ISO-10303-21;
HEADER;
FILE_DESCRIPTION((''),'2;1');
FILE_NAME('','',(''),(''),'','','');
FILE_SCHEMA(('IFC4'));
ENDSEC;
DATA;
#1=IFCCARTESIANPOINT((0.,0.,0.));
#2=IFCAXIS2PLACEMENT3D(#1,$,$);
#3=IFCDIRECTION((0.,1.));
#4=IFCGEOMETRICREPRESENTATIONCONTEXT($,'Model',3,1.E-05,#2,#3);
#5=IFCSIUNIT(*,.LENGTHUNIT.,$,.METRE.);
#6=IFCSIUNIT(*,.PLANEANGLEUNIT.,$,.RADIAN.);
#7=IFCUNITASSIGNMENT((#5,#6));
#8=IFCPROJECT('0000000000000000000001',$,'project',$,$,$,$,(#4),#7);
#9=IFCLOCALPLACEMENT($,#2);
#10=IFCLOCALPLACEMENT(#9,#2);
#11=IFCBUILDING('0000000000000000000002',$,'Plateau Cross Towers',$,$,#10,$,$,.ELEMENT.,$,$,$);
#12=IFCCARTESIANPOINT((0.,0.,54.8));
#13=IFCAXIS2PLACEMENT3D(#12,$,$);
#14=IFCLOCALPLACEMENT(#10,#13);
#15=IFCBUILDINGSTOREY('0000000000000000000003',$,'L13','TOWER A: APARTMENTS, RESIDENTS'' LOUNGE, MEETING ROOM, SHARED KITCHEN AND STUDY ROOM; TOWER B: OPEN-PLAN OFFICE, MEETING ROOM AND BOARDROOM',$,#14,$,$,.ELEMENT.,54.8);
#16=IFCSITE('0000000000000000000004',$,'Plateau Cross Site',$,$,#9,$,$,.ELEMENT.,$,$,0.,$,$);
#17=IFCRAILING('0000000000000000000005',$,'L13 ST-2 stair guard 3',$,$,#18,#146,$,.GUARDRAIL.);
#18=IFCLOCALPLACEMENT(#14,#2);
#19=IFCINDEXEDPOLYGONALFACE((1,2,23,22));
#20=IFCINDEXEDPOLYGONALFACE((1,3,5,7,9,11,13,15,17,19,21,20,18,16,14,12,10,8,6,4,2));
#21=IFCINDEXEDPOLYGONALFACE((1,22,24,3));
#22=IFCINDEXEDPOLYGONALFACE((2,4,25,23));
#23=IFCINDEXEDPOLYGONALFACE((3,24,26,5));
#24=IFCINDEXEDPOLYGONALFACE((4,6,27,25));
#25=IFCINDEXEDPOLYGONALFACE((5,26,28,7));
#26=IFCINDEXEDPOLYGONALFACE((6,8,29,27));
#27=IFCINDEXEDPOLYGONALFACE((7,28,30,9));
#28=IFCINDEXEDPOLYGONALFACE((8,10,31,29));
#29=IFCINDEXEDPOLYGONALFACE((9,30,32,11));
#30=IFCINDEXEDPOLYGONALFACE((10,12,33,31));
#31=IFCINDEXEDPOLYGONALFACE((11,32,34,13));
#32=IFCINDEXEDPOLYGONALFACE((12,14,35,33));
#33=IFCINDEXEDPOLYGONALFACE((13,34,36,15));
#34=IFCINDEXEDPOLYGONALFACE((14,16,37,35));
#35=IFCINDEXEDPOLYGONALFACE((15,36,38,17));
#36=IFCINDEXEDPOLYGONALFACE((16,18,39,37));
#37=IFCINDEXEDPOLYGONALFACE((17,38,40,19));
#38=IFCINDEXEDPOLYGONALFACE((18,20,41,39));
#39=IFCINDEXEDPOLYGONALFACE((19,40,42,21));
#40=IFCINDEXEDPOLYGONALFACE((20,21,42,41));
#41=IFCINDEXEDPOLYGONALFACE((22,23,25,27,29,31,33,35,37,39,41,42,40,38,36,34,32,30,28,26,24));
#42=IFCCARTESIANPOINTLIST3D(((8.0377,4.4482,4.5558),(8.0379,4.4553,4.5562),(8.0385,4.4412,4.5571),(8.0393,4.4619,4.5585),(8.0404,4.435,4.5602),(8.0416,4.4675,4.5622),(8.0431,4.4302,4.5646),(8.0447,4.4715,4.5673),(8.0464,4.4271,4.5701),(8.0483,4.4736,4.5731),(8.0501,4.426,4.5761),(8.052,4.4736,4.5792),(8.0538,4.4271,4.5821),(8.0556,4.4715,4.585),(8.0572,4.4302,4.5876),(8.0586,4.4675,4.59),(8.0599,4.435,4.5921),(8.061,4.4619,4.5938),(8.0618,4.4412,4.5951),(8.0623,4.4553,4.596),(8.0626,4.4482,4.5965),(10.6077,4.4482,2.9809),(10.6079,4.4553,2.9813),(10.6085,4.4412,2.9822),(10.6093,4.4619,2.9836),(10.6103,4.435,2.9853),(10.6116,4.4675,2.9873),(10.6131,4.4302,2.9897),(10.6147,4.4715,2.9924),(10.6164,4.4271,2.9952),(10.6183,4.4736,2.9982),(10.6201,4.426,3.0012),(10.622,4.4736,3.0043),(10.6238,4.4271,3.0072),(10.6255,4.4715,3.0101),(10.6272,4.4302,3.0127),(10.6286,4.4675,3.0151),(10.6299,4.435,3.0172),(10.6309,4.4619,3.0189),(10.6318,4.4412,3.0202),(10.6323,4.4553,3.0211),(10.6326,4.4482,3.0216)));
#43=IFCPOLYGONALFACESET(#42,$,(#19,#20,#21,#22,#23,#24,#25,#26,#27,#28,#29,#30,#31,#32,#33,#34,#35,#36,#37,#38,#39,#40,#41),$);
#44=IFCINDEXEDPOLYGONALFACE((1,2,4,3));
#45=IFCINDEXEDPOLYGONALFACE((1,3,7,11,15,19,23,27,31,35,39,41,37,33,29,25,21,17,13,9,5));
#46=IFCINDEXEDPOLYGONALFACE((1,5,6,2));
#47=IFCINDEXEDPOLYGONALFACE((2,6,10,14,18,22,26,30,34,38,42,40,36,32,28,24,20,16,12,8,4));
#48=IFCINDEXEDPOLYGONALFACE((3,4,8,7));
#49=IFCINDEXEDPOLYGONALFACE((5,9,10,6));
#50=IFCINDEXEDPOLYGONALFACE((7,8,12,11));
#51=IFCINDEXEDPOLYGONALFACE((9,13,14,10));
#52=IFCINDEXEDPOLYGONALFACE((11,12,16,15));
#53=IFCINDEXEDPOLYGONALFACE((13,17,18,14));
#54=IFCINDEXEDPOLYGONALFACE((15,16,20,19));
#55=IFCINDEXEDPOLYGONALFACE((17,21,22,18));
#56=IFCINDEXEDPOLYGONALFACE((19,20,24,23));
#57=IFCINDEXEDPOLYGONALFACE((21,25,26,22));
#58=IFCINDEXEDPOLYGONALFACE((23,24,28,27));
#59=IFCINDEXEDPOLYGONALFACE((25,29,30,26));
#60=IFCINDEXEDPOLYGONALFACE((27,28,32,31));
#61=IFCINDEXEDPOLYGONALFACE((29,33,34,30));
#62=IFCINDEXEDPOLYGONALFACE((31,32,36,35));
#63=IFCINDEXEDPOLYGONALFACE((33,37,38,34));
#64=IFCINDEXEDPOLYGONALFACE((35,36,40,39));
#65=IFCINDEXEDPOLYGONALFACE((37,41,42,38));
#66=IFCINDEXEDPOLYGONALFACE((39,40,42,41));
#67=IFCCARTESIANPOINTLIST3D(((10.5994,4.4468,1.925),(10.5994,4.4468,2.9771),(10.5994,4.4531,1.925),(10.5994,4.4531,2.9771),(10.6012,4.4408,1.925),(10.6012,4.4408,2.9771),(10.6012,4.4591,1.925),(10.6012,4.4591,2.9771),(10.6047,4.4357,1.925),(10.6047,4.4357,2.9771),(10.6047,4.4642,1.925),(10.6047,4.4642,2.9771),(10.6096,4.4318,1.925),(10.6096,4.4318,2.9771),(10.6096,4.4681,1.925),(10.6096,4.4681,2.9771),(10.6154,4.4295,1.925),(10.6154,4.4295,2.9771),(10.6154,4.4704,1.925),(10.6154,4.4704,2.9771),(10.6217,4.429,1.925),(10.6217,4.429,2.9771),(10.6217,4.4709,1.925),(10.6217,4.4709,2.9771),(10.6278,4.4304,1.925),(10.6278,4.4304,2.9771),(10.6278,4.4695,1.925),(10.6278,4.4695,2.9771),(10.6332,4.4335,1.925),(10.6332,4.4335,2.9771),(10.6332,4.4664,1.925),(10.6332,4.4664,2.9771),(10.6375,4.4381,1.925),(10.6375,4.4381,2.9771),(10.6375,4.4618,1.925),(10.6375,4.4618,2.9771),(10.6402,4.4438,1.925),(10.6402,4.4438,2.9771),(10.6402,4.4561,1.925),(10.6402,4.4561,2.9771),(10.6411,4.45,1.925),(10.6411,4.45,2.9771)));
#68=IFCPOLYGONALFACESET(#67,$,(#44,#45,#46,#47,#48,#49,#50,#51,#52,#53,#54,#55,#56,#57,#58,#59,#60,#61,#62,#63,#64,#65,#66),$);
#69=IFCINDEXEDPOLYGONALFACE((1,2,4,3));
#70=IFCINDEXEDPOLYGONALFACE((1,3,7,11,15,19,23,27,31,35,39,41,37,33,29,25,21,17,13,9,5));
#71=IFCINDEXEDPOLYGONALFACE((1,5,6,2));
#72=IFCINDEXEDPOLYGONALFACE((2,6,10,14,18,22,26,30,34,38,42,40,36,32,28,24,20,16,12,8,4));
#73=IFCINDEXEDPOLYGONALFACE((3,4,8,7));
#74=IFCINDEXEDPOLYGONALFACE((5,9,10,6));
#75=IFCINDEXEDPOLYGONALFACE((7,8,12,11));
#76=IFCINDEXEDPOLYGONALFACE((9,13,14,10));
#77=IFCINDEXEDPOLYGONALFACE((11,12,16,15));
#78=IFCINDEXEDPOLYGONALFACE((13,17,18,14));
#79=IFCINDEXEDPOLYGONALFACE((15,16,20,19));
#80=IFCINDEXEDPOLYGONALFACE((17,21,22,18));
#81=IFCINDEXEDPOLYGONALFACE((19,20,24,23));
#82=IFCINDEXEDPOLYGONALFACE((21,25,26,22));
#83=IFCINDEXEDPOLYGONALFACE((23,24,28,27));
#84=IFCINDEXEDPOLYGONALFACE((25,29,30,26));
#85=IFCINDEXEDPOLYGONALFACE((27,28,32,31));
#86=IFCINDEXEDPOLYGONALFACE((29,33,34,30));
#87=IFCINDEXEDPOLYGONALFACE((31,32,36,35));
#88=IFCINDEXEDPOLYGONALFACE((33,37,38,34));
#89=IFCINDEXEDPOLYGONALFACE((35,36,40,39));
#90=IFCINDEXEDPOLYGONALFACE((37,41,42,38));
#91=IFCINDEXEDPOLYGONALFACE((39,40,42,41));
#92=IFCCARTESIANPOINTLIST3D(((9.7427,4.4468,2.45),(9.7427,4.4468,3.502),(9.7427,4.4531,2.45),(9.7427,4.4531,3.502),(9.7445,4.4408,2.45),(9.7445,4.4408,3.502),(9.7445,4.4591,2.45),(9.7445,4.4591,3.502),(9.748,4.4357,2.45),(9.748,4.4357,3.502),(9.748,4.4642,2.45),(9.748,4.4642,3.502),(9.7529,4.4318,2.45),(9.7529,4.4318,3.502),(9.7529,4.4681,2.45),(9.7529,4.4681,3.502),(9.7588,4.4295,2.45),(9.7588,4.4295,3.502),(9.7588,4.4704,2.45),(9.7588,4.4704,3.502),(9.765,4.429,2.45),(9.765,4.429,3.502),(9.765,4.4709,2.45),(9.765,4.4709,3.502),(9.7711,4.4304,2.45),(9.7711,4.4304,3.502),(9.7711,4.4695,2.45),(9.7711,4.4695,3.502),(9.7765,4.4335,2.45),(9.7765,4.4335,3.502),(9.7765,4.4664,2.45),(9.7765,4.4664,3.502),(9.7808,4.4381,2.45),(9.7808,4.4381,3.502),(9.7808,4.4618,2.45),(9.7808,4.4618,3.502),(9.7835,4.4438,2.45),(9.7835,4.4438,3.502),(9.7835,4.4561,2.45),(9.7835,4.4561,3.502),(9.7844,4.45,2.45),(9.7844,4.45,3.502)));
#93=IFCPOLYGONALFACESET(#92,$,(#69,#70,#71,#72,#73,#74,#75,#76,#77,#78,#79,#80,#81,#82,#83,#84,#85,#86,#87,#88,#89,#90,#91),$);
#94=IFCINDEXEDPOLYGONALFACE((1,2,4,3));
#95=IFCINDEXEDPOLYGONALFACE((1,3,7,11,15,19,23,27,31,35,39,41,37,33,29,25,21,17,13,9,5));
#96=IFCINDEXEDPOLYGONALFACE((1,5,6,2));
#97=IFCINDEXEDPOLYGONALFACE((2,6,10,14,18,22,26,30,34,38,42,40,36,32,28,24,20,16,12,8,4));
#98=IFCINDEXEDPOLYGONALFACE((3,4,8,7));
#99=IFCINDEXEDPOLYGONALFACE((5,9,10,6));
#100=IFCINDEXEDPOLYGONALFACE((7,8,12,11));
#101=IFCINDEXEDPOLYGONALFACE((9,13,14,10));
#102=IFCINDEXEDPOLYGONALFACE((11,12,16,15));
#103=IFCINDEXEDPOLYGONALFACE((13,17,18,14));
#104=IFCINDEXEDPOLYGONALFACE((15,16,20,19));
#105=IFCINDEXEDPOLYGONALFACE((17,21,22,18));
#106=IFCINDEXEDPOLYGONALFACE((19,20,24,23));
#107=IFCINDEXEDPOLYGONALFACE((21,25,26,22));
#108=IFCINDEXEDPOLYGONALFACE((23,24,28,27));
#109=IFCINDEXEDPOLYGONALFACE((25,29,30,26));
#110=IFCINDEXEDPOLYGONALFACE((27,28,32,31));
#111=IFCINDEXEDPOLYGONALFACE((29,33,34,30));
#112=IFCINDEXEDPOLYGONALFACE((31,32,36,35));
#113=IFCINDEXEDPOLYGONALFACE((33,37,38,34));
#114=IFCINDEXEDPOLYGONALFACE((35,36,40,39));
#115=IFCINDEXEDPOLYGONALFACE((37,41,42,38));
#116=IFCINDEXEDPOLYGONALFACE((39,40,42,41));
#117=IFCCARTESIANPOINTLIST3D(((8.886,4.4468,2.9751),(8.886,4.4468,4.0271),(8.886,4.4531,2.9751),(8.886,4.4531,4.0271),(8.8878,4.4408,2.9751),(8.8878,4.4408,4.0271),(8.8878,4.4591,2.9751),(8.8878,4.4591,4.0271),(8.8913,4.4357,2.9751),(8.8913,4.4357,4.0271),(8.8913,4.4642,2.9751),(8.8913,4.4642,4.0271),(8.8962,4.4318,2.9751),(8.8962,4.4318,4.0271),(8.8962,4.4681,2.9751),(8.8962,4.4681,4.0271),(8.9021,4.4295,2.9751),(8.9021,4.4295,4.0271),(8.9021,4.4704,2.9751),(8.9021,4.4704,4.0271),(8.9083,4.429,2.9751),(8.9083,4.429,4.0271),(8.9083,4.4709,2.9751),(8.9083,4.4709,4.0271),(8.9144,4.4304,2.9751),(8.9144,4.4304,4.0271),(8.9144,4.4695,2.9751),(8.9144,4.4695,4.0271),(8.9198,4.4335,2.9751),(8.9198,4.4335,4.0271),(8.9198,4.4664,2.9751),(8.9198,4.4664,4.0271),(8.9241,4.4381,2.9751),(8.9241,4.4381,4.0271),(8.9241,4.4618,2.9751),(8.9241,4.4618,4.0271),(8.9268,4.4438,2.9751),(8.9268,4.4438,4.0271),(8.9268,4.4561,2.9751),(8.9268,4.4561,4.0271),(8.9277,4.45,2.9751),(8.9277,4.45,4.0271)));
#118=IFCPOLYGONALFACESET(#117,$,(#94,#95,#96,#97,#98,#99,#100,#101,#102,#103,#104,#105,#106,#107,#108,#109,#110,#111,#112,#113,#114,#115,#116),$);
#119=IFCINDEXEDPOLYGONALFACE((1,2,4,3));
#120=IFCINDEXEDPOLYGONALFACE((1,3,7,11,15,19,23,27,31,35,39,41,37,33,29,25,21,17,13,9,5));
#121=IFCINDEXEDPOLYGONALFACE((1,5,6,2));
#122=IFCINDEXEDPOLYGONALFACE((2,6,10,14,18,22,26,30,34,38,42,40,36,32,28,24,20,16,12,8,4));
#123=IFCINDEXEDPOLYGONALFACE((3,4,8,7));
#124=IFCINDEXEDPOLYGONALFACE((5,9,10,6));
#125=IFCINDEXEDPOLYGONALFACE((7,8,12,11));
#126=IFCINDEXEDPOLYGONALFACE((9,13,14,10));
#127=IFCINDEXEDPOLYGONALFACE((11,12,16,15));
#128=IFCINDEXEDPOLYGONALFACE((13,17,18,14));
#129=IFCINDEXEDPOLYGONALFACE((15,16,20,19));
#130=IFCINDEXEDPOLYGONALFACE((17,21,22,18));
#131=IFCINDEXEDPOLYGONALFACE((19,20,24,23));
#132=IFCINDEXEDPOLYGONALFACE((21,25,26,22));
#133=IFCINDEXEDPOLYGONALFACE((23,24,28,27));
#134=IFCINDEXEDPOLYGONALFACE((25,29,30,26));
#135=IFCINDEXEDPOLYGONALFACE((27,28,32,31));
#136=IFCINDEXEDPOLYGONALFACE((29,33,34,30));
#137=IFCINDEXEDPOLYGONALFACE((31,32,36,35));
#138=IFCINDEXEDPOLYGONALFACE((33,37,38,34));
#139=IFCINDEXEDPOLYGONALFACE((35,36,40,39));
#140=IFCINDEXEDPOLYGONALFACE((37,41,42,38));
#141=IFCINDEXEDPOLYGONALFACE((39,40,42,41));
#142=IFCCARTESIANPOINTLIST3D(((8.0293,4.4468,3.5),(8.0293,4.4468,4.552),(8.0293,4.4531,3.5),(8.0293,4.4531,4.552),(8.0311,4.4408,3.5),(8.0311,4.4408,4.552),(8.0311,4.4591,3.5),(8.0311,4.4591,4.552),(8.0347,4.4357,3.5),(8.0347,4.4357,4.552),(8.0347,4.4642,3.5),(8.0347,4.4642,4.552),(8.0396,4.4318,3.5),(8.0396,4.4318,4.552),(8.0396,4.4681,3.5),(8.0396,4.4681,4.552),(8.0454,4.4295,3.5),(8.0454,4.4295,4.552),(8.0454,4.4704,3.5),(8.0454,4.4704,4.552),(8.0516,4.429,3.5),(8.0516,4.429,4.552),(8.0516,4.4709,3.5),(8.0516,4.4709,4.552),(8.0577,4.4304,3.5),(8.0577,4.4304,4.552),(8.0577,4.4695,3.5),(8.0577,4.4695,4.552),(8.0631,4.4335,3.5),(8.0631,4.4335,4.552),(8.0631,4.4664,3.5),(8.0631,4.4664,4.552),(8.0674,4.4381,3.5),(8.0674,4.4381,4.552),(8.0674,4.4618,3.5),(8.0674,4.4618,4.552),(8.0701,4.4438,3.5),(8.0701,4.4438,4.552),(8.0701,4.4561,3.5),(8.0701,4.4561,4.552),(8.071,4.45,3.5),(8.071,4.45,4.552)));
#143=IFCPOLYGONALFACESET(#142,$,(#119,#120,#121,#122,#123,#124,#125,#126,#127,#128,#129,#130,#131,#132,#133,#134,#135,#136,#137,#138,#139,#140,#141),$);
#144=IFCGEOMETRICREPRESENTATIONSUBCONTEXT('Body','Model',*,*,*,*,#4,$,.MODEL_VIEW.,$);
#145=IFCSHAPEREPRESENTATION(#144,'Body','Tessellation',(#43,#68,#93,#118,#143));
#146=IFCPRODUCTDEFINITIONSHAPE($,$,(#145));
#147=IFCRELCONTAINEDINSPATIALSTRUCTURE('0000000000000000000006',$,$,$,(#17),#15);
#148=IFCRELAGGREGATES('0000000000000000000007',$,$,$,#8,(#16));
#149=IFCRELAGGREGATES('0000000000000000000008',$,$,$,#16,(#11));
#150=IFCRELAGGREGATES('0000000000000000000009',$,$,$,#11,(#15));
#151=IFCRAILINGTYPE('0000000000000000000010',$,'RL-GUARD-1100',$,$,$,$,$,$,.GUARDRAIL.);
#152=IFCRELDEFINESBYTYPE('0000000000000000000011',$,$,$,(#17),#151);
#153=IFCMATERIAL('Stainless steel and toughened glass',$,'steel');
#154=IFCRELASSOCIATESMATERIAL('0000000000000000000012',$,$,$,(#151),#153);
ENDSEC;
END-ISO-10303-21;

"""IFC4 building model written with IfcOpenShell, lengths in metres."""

from ifc_helpers import new_model, si_unit, direction, frame, origin, origin_2d, place, context, subcontext, project, spatial, circle, extrude, material, type_object, element, save


model = new_model("IFC4")

# Units and contexts
model_context = context("Model", 3, precision=1e-05, world=origin(), true_north=direction((0.0, 1.0)))
body_context = subcontext(model_context, "Body", "Model", "MODEL_VIEW")
ifc_project = project(units=[si_unit("LENGTHUNIT", "METRE"), si_unit("PLANEANGLEUNIT", "RADIAN")], contexts=[model_context])

# Site, building, storey
site_placement = place(None, origin())
site = spatial("IfcSite", under=ifc_project, at=site_placement, Name="Plateau Cross Site", CompositionType="ELEMENT", RefElevation=0.0)
building_placement = place(site_placement, origin())
building = spatial("IfcBuilding", under=site, at=building_placement, Name="Plateau Cross Towers", CompositionType="ELEMENT")
storey_placement = place(building_placement, frame((0.0, 0.0, 54.8)))
storey = spatial("IfcBuildingStorey", under=building, at=storey_placement, Name="L13", Description="TOWER A: APARTMENTS, RESIDENTS' LOUNGE, MEETING ROOM, SHARED KITCHEN AND STUDY ROOM; TOWER B: OPEN-PLAN OFFICE, MEETING ROOM AND BOARDROOM", CompositionType="ELEMENT", Elevation=54.8)

# Railing
ifc_material_1 = material(Name="Stainless steel and toughened glass", Category="steel")
railing_type_1 = type_object("IfcRailingType", Name="RL-GUARD-1100", PredefinedType="GUARDRAIL", material=ifc_material_1)
railing_1_placement = place(storey_placement, frame((10.6201, 4.45, 1.925)))
element("IfcRailing", 1, at=railing_1_placement, inside=storey, type_object=railing_type_1, Name="L13 ST-2 stair guard 3", PredefinedType="GUARDRAIL", context=body_context, shape_type="SweptSolid", body=[
    extrude(circle(Radius=0.0239, at=origin_2d()), frame((0.0, 0.0, 1.0762), z_axis=(-0.852639, 0.0, 0.522501), x_axis=(0.0, -1.0, 0.0)), (0.0, 0.0, 1.0), 3.0142),
    extrude(circle(Radius=0.021, at=origin_2d()), origin(), (0.0, 0.0, 1.0), 1.052),
    extrude(circle(Radius=0.021, at=origin_2d()), frame((-0.8567, 0.0, 0.5249)), (0.0, 0.0, 1.0), 1.052),
    extrude(circle(Radius=0.021, at=origin_2d()), frame((-1.7134, 0.0, 1.05)), (0.0, 0.0, 1.0), 1.052),
    extrude(circle(Radius=0.021, at=origin_2d()), frame((-2.5701, 0.0, 1.575)), (0.0, 0.0, 1.0), 1.052),
])

save(model, "model.ifc")
